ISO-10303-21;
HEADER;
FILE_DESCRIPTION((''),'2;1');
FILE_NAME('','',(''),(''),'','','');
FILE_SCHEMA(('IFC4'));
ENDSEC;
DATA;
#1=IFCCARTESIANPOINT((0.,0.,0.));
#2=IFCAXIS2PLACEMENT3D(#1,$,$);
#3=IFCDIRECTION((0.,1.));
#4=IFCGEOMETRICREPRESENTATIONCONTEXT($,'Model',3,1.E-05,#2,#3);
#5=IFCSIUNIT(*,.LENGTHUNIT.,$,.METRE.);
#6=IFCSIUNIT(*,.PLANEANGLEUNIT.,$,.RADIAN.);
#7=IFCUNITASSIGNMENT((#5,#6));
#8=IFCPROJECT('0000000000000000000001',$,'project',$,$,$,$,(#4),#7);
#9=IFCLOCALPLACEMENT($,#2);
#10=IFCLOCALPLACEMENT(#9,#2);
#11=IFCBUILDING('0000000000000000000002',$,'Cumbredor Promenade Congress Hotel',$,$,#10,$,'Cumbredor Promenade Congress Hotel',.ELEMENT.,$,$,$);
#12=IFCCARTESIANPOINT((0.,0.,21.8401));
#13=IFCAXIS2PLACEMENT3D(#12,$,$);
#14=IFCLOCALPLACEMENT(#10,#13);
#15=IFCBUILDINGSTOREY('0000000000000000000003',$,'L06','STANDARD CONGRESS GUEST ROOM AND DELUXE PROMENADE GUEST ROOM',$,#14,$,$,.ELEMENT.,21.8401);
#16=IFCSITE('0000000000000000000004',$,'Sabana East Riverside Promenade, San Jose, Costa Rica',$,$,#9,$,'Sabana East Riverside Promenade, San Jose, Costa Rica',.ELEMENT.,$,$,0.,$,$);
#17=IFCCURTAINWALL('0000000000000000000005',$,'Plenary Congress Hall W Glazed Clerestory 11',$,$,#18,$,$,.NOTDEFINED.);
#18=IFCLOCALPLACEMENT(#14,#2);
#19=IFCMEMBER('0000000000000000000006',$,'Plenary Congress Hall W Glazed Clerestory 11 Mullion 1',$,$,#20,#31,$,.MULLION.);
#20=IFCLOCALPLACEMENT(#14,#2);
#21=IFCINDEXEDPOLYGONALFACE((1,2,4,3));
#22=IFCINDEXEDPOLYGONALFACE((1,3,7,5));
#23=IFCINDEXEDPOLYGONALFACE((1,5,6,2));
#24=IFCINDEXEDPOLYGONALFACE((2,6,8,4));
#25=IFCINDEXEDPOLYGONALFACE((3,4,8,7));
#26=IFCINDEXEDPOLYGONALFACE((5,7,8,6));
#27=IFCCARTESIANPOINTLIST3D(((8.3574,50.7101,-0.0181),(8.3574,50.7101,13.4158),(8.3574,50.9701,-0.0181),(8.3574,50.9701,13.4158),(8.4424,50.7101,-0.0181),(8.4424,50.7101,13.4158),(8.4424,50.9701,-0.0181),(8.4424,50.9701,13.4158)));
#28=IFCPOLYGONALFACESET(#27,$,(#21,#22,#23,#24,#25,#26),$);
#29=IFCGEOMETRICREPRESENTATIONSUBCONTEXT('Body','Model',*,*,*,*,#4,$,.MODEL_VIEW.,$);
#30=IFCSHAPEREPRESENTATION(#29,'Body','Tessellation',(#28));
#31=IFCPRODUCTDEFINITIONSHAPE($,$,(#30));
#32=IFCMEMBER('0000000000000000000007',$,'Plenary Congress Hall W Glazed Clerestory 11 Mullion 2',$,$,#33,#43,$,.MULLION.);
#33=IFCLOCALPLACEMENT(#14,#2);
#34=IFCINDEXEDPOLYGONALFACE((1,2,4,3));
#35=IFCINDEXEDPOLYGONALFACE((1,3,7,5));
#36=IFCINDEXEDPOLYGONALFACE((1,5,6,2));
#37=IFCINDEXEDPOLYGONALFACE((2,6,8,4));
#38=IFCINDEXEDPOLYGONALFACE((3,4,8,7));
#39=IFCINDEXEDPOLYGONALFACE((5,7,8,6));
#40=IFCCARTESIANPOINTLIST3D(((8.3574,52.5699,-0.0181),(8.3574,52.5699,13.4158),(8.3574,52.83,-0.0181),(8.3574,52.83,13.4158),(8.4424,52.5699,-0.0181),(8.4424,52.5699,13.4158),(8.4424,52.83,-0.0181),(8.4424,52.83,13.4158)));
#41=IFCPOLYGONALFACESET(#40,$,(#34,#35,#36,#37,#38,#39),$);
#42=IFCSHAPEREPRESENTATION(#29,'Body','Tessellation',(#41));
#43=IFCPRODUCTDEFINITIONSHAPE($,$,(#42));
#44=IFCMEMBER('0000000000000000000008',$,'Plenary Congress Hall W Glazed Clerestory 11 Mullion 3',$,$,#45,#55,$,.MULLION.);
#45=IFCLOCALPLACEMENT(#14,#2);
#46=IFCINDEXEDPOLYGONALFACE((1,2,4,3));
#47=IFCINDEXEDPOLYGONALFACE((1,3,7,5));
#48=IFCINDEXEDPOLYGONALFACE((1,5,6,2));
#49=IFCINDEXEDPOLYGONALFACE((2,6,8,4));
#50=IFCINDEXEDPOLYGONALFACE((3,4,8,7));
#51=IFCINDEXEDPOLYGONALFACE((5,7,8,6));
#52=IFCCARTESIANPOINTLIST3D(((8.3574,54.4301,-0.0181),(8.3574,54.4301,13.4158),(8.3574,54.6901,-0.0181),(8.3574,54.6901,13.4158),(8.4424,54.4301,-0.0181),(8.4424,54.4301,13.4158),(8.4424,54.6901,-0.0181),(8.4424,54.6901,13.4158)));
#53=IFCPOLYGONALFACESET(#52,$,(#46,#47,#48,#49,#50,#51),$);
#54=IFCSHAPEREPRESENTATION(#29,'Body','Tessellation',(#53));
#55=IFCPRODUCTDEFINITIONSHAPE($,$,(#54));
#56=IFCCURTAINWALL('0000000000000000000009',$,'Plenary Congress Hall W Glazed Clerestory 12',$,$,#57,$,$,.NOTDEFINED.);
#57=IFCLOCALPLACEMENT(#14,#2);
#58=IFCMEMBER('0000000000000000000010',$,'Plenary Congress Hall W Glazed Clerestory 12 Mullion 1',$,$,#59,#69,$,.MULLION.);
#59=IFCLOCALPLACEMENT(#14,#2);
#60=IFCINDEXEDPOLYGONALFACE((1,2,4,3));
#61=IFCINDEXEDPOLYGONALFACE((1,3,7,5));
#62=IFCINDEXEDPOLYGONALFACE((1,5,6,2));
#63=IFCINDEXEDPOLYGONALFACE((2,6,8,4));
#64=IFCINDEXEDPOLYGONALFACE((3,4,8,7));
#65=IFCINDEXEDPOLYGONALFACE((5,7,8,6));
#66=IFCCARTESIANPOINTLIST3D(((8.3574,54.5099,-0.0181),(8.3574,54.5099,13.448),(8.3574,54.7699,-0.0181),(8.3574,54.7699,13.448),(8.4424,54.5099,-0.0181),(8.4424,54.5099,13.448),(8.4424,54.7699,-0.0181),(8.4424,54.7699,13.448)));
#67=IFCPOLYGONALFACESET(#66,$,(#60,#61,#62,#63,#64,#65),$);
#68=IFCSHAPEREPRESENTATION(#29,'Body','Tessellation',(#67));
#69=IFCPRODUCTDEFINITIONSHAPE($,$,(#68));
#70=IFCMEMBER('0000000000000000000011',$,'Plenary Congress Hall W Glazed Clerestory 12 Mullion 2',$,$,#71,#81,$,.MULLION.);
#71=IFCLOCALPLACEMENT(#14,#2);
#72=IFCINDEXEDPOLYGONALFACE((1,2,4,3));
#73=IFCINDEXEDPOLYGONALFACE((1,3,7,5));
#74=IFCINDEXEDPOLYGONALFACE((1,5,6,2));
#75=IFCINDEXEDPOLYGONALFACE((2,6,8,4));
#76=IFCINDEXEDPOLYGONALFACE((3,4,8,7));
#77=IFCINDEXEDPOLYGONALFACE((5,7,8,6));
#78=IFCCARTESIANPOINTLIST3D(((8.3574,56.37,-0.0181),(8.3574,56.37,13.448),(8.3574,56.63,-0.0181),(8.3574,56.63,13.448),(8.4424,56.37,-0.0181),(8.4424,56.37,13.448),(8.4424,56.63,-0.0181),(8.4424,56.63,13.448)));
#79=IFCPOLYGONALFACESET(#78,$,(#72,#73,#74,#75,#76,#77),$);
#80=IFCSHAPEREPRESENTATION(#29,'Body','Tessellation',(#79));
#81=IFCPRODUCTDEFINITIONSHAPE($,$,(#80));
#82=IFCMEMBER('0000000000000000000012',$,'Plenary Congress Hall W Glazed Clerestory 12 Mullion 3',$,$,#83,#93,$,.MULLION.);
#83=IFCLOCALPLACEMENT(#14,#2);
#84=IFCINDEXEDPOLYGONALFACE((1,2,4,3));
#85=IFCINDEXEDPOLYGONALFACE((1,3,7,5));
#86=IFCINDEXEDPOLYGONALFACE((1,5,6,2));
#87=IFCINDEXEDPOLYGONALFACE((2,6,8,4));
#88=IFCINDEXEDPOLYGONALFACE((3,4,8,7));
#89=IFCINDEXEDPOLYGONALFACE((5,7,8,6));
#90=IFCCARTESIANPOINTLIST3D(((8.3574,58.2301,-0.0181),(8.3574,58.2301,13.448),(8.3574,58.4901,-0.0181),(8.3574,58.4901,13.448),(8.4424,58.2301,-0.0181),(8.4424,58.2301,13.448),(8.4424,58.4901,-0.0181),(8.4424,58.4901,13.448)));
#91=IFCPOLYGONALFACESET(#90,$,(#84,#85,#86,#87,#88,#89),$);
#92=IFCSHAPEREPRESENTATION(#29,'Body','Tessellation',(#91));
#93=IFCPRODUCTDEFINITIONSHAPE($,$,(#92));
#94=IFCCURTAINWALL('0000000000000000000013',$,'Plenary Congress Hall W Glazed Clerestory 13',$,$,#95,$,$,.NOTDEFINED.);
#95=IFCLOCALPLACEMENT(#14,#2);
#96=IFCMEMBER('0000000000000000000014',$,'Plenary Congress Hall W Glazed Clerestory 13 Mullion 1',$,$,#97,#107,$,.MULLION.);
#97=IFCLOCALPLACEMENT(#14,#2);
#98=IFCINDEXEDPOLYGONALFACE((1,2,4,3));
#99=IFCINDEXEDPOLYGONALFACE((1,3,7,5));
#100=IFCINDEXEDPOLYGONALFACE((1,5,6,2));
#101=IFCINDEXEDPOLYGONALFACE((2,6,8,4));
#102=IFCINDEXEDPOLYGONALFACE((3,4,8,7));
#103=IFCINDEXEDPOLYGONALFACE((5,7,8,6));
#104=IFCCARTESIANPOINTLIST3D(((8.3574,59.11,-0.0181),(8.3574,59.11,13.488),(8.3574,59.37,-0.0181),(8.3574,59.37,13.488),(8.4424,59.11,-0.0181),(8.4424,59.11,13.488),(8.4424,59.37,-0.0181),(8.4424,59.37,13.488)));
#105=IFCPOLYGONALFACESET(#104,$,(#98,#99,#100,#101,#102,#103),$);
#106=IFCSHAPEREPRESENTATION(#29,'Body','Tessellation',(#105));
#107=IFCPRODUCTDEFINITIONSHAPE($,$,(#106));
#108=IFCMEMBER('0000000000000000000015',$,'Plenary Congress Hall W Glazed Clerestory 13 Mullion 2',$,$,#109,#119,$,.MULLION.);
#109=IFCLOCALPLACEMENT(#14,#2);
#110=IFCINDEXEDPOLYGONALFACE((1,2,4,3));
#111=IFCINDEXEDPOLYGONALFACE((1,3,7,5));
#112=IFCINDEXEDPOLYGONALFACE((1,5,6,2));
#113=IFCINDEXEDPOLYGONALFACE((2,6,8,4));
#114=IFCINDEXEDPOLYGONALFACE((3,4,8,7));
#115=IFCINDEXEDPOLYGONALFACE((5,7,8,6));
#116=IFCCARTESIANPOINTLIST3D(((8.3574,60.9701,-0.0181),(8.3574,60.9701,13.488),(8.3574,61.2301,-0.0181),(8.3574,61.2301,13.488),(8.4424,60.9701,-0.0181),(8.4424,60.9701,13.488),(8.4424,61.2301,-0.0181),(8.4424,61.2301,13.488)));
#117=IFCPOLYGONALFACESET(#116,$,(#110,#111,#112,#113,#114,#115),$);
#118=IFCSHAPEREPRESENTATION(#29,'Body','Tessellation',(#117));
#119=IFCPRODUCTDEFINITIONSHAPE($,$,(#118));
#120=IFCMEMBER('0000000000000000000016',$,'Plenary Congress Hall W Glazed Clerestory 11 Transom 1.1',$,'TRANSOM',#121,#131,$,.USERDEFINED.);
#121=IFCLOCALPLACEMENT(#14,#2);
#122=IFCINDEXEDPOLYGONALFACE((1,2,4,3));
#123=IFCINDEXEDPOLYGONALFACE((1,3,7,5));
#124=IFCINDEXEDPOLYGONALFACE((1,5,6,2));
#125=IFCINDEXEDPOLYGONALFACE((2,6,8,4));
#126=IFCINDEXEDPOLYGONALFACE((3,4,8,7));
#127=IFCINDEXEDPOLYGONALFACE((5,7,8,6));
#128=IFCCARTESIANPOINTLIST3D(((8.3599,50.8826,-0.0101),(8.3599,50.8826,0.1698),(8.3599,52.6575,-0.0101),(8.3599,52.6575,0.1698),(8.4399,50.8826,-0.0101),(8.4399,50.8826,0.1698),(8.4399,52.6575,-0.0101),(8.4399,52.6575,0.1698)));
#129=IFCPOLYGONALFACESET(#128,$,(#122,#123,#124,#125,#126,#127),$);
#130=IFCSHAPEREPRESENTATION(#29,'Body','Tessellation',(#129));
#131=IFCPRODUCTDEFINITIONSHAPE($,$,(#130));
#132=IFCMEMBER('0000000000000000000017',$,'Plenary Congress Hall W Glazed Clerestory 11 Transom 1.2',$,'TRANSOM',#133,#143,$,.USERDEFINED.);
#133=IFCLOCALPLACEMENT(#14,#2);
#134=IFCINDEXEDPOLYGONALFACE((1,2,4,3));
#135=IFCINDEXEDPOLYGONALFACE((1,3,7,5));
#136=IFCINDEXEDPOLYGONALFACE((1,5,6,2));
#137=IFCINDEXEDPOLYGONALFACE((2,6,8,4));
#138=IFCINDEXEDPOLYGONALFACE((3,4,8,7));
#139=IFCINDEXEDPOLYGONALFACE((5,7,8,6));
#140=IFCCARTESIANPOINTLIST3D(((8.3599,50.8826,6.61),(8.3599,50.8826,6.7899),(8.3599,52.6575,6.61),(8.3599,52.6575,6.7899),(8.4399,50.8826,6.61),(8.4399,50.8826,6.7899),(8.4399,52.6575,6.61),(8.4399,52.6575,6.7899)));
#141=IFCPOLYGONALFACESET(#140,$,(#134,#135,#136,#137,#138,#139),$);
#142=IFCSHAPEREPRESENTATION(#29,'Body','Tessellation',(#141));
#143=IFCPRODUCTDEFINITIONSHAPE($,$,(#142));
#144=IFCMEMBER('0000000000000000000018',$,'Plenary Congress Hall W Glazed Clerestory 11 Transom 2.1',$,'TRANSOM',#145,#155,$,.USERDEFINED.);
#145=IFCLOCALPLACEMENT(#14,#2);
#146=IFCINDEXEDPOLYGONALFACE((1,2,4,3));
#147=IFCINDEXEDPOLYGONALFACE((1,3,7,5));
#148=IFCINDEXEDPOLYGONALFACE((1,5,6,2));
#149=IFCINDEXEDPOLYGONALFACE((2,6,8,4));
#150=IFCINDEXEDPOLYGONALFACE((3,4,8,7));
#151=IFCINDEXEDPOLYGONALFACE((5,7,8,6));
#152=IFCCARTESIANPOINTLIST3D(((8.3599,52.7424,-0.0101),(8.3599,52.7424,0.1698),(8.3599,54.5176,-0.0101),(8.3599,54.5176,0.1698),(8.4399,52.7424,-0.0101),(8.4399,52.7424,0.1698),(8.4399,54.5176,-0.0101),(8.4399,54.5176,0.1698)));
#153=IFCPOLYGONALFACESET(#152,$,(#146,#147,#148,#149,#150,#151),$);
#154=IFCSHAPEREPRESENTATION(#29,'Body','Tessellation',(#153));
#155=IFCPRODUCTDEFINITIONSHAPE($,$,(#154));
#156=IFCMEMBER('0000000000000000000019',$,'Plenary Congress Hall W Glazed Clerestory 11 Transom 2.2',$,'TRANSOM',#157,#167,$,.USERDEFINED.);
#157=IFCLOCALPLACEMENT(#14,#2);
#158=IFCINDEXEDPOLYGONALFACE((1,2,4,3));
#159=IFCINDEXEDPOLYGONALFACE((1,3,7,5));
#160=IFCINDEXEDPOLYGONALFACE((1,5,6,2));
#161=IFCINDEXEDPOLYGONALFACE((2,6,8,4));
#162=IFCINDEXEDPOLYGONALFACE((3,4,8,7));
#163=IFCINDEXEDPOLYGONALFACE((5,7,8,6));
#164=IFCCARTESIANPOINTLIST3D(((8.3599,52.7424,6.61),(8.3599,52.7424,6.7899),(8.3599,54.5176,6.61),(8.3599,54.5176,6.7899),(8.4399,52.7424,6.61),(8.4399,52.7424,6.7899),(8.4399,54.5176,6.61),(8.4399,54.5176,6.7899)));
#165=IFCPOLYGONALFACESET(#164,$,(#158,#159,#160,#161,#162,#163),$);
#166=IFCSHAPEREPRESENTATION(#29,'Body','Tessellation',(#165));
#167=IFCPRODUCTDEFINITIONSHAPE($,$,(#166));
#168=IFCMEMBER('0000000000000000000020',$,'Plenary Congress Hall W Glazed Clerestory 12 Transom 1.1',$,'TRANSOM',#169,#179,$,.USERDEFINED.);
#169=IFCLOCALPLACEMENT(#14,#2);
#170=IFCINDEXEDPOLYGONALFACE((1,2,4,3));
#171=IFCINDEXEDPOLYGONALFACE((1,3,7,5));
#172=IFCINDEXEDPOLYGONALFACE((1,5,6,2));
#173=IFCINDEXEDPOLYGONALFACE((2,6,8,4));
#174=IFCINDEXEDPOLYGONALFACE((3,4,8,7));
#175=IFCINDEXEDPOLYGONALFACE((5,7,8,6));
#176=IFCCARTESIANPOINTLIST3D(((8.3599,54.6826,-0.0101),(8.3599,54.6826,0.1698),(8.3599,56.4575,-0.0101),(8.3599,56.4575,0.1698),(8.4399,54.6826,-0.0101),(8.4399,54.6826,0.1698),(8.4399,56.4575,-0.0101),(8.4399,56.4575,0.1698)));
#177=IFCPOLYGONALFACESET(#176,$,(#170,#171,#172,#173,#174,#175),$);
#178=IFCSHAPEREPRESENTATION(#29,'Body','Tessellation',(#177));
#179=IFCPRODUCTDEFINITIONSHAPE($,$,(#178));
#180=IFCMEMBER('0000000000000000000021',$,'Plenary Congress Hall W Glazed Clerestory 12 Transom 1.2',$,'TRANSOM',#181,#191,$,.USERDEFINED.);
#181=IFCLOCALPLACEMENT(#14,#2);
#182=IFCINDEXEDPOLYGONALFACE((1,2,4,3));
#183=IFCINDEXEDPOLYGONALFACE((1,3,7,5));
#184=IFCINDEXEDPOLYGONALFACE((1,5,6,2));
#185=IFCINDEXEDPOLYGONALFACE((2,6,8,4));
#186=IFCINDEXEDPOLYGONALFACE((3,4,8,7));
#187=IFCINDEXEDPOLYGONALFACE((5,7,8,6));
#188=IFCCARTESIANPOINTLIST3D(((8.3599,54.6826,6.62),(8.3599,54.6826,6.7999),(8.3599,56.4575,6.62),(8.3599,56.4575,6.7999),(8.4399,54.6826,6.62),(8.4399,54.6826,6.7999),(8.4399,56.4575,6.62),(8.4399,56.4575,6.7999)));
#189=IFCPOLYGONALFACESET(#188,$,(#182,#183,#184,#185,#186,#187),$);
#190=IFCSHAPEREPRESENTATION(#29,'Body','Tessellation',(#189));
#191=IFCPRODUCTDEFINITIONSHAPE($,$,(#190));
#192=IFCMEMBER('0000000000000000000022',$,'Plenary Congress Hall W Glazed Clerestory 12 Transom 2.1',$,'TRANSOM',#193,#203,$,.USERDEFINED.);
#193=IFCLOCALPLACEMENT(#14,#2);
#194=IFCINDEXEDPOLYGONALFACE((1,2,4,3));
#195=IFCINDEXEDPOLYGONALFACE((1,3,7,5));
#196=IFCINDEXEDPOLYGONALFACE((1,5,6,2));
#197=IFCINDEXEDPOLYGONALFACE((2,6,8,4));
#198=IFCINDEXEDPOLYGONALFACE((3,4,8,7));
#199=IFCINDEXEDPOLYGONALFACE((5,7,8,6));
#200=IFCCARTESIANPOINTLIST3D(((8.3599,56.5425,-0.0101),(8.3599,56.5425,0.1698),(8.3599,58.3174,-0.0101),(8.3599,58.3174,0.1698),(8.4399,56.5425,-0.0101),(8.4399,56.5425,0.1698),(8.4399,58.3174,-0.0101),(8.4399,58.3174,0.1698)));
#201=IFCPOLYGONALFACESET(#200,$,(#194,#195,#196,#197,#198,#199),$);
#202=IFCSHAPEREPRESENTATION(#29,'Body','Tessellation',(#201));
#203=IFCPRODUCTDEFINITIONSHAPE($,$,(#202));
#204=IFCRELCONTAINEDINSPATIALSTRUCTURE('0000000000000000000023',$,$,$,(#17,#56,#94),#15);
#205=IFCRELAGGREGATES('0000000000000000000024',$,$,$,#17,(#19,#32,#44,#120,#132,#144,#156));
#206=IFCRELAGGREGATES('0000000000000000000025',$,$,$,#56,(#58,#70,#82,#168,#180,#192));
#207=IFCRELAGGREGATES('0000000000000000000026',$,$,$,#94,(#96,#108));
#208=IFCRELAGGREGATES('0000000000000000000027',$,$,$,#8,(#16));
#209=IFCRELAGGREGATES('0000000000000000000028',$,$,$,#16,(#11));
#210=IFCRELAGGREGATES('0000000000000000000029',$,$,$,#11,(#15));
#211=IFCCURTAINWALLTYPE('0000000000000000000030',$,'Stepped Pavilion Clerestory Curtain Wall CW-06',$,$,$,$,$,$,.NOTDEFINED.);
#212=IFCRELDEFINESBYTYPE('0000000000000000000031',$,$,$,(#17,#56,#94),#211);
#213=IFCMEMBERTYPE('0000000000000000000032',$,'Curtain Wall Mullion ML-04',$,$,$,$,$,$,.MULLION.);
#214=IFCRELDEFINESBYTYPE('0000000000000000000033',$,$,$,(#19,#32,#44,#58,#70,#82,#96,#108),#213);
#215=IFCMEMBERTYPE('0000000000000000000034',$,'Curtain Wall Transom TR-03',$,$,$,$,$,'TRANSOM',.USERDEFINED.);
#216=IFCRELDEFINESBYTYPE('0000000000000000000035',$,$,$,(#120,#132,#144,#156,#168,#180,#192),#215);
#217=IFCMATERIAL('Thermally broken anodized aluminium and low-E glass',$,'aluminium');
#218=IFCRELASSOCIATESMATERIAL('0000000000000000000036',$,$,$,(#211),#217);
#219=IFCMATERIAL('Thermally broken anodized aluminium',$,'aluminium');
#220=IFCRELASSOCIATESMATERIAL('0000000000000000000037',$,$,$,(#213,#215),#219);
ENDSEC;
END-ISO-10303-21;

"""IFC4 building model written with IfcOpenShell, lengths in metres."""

from ifc_helpers import new_model, si_unit, direction, frame, origin, origin_2d, place, context, subcontext, project, spatial, rectangle, extrude, material, material_profile, profile_set, type_object, element, aggregate, save


model = new_model("IFC4")

# Units and contexts
model_context = context("Model", 3, precision=1e-05, world=origin(), true_north=direction((0.0, 1.0)))
body_context = subcontext(model_context, "Body", "Model", "MODEL_VIEW")
ifc_project = project(units=[si_unit("LENGTHUNIT", "METRE"), si_unit("PLANEANGLEUNIT", "RADIAN")], contexts=[model_context])

# Site, building, storey
site_placement = place(None, origin())
site = spatial("IfcSite", under=ifc_project, at=site_placement, Name="Sabana East Riverside Promenade, San Jose, Costa Rica", LongName="Sabana East Riverside Promenade, San Jose, Costa Rica", CompositionType="ELEMENT", RefElevation=0.0)
building_placement = place(site_placement, origin())
building = spatial("IfcBuilding", under=site, at=building_placement, Name="Cumbredor Promenade Congress Hotel", LongName="Cumbredor Promenade Congress Hotel", CompositionType="ELEMENT")
storey_placement = place(building_placement, frame((0.0, 0.0, 21.8401)))
storey = spatial("IfcBuildingStorey", under=building, at=storey_placement, Name="L06", Description="STANDARD CONGRESS GUEST ROOM AND DELUXE PROMENADE GUEST ROOM", CompositionType="ELEMENT", Elevation=21.8401)

# Curtain walls, members
ifc_material_1 = material(Name="Thermally broken anodized aluminium and low-E glass", Category="aluminium")
curtain_wall_type = type_object("IfcCurtainWallType", Name="Stepped Pavilion Clerestory Curtain Wall CW-06", PredefinedType="NOTDEFINED", material=ifc_material_1)
curtain_wall_1_placement = place(storey_placement, origin())
curtain_wall_1 = element("IfcCurtainWall", 1, at=curtain_wall_1_placement, inside=storey, type_object=curtain_wall_type, Name="Plenary Congress Hall W Glazed Clerestory 11", PredefinedType="NOTDEFINED")
ifc_material_2 = material(Name="Thermally broken anodized aluminium", Category="aluminium")
ifc_material_profile_1 = material_profile(ifc_material_2, rectangle(XDim=0.085, YDim=0.26, at=origin_2d()), Name="ALU MULLION CLERESTORY 85x260")
ifc_profile_set_1 = profile_set([ifc_material_profile_1], Name="Thermally broken anodized aluminium")
member_type_1 = type_object("IfcMemberType", Name="Curtain Wall Mullion ML-04", PredefinedType="MULLION", material=ifc_profile_set_1)
member_1_placement = place(storey_placement, frame((8.3999, 50.8401, -0.0181), z_axis=(0.0, 0.0, 1.0), x_axis=(1.0, 0.0, 0.0)))
member_1 = element("IfcMember", 2, at=member_1_placement, type_object=member_type_1, Name="Plenary Congress Hall W Glazed Clerestory 11 Mullion 1", PredefinedType="MULLION", context=body_context, shape_type="SweptSolid", body=[
    extrude(rectangle(XDim=0.085, YDim=0.26, at=origin_2d()), origin(), (0.0, 0.0, 1.0), 13.4338),
])
member_2_placement = place(storey_placement, frame((8.3999, 52.7, -0.0181), z_axis=(0.0, 0.0, 1.0), x_axis=(1.0, 0.0, 0.0)))
member_2 = element("IfcMember", 3, at=member_2_placement, type_object=member_type_1, Name="Plenary Congress Hall W Glazed Clerestory 11 Mullion 2", PredefinedType="MULLION", context=body_context, shape_type="SweptSolid", body=[
    extrude(rectangle(XDim=0.085, YDim=0.26, at=origin_2d()), origin(), (0.0, 0.0, 1.0), 13.4338),
])
member_3_placement = place(storey_placement, frame((8.3999, 54.5601, -0.0181), z_axis=(0.0, 0.0, 1.0), x_axis=(1.0, 0.0, 0.0)))
member_3 = element("IfcMember", 4, at=member_3_placement, type_object=member_type_1, Name="Plenary Congress Hall W Glazed Clerestory 11 Mullion 3", PredefinedType="MULLION", context=body_context, shape_type="SweptSolid", body=[
    extrude(rectangle(XDim=0.085, YDim=0.26, at=origin_2d()), origin(), (0.0, 0.0, 1.0), 13.4338),
])
curtain_wall_2_placement = place(storey_placement, origin())
curtain_wall_2 = element("IfcCurtainWall", 5, at=curtain_wall_2_placement, inside=storey, type_object=curtain_wall_type, Name="Plenary Congress Hall W Glazed Clerestory 12", PredefinedType="NOTDEFINED")
member_4_placement = place(storey_placement, frame((8.3999, 54.6399, -0.0181), z_axis=(0.0, 0.0, 1.0), x_axis=(1.0, 0.0, 0.0)))
member_4 = element("IfcMember", 6, at=member_4_placement, type_object=member_type_1, Name="Plenary Congress Hall W Glazed Clerestory 12 Mullion 1", PredefinedType="MULLION", context=body_context, shape_type="SweptSolid", body=[
    extrude(rectangle(XDim=0.085, YDim=0.26, at=origin_2d()), origin(), (0.0, 0.0, 1.0), 13.4661),
])
member_5_placement = place(storey_placement, frame((8.3999, 56.5, -0.0181), z_axis=(0.0, 0.0, 1.0), x_axis=(1.0, 0.0, 0.0)))
member_5 = element("IfcMember", 7, at=member_5_placement, type_object=member_type_1, Name="Plenary Congress Hall W Glazed Clerestory 12 Mullion 2", PredefinedType="MULLION", context=body_context, shape_type="SweptSolid", body=[
    extrude(rectangle(XDim=0.085, YDim=0.26, at=origin_2d()), origin(), (0.0, 0.0, 1.0), 13.4661),
])
member_6_placement = place(storey_placement, frame((8.3999, 58.3601, -0.0181), z_axis=(0.0, 0.0, 1.0), x_axis=(1.0, 0.0, 0.0)))
member_6 = element("IfcMember", 8, at=member_6_placement, type_object=member_type_1, Name="Plenary Congress Hall W Glazed Clerestory 12 Mullion 3", PredefinedType="MULLION", context=body_context, shape_type="SweptSolid", body=[
    extrude(rectangle(XDim=0.085, YDim=0.26, at=origin_2d()), origin(), (0.0, 0.0, 1.0), 13.4661),
])
curtain_wall_3_placement = place(storey_placement, origin())
curtain_wall_3 = element("IfcCurtainWall", 9, at=curtain_wall_3_placement, inside=storey, type_object=curtain_wall_type, Name="Plenary Congress Hall W Glazed Clerestory 13", PredefinedType="NOTDEFINED")
member_7_placement = place(storey_placement, frame((8.3999, 59.24, -0.0181), z_axis=(0.0, 0.0, 1.0), x_axis=(1.0, 0.0, 0.0)))
member_7 = element("IfcMember", 10, at=member_7_placement, type_object=member_type_1, Name="Plenary Congress Hall W Glazed Clerestory 13 Mullion 1", PredefinedType="MULLION", context=body_context, shape_type="SweptSolid", body=[
    extrude(rectangle(XDim=0.085, YDim=0.26, at=origin_2d()), origin(), (0.0, 0.0, 1.0), 13.5061),
])
member_8_placement = place(storey_placement, frame((8.3999, 61.1001, -0.0181), z_axis=(0.0, 0.0, 1.0), x_axis=(1.0, 0.0, 0.0)))
member_8 = element("IfcMember", 11, at=member_8_placement, type_object=member_type_1, Name="Plenary Congress Hall W Glazed Clerestory 13 Mullion 2", PredefinedType="MULLION", context=body_context, shape_type="SweptSolid", body=[
    extrude(rectangle(XDim=0.085, YDim=0.26, at=origin_2d()), origin(), (0.0, 0.0, 1.0), 13.5061),
])

# Members
ifc_material_profile_2 = material_profile(ifc_material_2, rectangle(XDim=0.0801, YDim=0.1799, at=origin_2d()), Name="ALU TRANSOM 80x180")
ifc_profile_set_2 = profile_set([ifc_material_profile_2], Name="Thermally broken anodized aluminium")
member_type_2 = type_object("IfcMemberType", Name="Curtain Wall Transom TR-03", ElementType="TRANSOM", PredefinedType="USERDEFINED", material=ifc_profile_set_2)
member_9_placement = place(storey_placement, frame((8.3999, 50.8826, 0.0798), z_axis=(0.0, 1.0, 0.0), x_axis=(-1.0, 0.0, 0.0)))
member_9 = element("IfcMember", 12, at=member_9_placement, type_object=member_type_2, Name="Plenary Congress Hall W Glazed Clerestory 11 Transom 1.1", ObjectType="TRANSOM", PredefinedType="USERDEFINED", context=body_context, shape_type="SweptSolid", body=[
    extrude(rectangle(XDim=0.0801, YDim=0.1799, at=origin_2d()), origin(), (0.0, 0.0, 1.0), 1.7749),
])
member_10_placement = place(storey_placement, frame((8.3999, 50.8826, 6.7), z_axis=(0.0, 1.0, 0.0), x_axis=(-1.0, 0.0, 0.0)))
member_10 = element("IfcMember", 13, at=member_10_placement, type_object=member_type_2, Name="Plenary Congress Hall W Glazed Clerestory 11 Transom 1.2", ObjectType="TRANSOM", PredefinedType="USERDEFINED", context=body_context, shape_type="SweptSolid", body=[
    extrude(rectangle(XDim=0.0801, YDim=0.1799, at=origin_2d()), origin(), (0.0, 0.0, 1.0), 1.7749),
])
member_11_placement = place(storey_placement, frame((8.3999, 52.7424, 0.0798), z_axis=(0.0, 1.0, 0.0), x_axis=(-1.0, 0.0, 0.0)))
member_11 = element("IfcMember", 14, at=member_11_placement, type_object=member_type_2, Name="Plenary Congress Hall W Glazed Clerestory 11 Transom 2.1", ObjectType="TRANSOM", PredefinedType="USERDEFINED", context=body_context, shape_type="SweptSolid", body=[
    extrude(rectangle(XDim=0.0801, YDim=0.1799, at=origin_2d()), origin(), (0.0, 0.0, 1.0), 1.7751),
])
member_12_placement = place(storey_placement, frame((8.3999, 52.7424, 6.7), z_axis=(0.0, 1.0, 0.0), x_axis=(-1.0, 0.0, 0.0)))
member_12 = element("IfcMember", 15, at=member_12_placement, type_object=member_type_2, Name="Plenary Congress Hall W Glazed Clerestory 11 Transom 2.2", ObjectType="TRANSOM", PredefinedType="USERDEFINED", context=body_context, shape_type="SweptSolid", body=[
    extrude(rectangle(XDim=0.0801, YDim=0.1799, at=origin_2d()), origin(), (0.0, 0.0, 1.0), 1.7751),
])
member_13_placement = place(storey_placement, frame((8.3999, 54.6826, 0.0798), z_axis=(0.0, 1.0, 0.0), x_axis=(-1.0, 0.0, 0.0)))
member_13 = element("IfcMember", 16, at=member_13_placement, type_object=member_type_2, Name="Plenary Congress Hall W Glazed Clerestory 12 Transom 1.1", ObjectType="TRANSOM", PredefinedType="USERDEFINED", context=body_context, shape_type="SweptSolid", body=[
    extrude(rectangle(XDim=0.0801, YDim=0.1799, at=origin_2d()), origin(), (0.0, 0.0, 1.0), 1.7749),
])
member_14_placement = place(storey_placement, frame((8.3999, 54.6826, 6.71), z_axis=(0.0, 1.0, 0.0), x_axis=(-1.0, 0.0, 0.0)))
member_14 = element("IfcMember", 17, at=member_14_placement, type_object=member_type_2, Name="Plenary Congress Hall W Glazed Clerestory 12 Transom 1.2", ObjectType="TRANSOM", PredefinedType="USERDEFINED", context=body_context, shape_type="SweptSolid", body=[
    extrude(rectangle(XDim=0.0801, YDim=0.1799, at=origin_2d()), origin(), (0.0, 0.0, 1.0), 1.7749),
])
member_15_placement = place(storey_placement, frame((8.3999, 56.5425, 0.0798), z_axis=(0.0, 1.0, 0.0), x_axis=(-1.0, 0.0, 0.0)))
member_15 = element("IfcMember", 18, at=member_15_placement, type_object=member_type_2, Name="Plenary Congress Hall W Glazed Clerestory 12 Transom 2.1", ObjectType="TRANSOM", PredefinedType="USERDEFINED", context=body_context, shape_type="SweptSolid", body=[
    extrude(rectangle(XDim=0.0801, YDim=0.1799, at=origin_2d()), origin(), (0.0, 0.0, 1.0), 1.7749),
])

aggregate(curtain_wall_1, [member_1, member_2, member_3, member_9, member_10, member_11, member_12])
aggregate(curtain_wall_2, [member_4, member_5, member_6, member_13, member_14, member_15])
aggregate(curtain_wall_3, [member_7, member_8])

save(model, "model.ifc")
